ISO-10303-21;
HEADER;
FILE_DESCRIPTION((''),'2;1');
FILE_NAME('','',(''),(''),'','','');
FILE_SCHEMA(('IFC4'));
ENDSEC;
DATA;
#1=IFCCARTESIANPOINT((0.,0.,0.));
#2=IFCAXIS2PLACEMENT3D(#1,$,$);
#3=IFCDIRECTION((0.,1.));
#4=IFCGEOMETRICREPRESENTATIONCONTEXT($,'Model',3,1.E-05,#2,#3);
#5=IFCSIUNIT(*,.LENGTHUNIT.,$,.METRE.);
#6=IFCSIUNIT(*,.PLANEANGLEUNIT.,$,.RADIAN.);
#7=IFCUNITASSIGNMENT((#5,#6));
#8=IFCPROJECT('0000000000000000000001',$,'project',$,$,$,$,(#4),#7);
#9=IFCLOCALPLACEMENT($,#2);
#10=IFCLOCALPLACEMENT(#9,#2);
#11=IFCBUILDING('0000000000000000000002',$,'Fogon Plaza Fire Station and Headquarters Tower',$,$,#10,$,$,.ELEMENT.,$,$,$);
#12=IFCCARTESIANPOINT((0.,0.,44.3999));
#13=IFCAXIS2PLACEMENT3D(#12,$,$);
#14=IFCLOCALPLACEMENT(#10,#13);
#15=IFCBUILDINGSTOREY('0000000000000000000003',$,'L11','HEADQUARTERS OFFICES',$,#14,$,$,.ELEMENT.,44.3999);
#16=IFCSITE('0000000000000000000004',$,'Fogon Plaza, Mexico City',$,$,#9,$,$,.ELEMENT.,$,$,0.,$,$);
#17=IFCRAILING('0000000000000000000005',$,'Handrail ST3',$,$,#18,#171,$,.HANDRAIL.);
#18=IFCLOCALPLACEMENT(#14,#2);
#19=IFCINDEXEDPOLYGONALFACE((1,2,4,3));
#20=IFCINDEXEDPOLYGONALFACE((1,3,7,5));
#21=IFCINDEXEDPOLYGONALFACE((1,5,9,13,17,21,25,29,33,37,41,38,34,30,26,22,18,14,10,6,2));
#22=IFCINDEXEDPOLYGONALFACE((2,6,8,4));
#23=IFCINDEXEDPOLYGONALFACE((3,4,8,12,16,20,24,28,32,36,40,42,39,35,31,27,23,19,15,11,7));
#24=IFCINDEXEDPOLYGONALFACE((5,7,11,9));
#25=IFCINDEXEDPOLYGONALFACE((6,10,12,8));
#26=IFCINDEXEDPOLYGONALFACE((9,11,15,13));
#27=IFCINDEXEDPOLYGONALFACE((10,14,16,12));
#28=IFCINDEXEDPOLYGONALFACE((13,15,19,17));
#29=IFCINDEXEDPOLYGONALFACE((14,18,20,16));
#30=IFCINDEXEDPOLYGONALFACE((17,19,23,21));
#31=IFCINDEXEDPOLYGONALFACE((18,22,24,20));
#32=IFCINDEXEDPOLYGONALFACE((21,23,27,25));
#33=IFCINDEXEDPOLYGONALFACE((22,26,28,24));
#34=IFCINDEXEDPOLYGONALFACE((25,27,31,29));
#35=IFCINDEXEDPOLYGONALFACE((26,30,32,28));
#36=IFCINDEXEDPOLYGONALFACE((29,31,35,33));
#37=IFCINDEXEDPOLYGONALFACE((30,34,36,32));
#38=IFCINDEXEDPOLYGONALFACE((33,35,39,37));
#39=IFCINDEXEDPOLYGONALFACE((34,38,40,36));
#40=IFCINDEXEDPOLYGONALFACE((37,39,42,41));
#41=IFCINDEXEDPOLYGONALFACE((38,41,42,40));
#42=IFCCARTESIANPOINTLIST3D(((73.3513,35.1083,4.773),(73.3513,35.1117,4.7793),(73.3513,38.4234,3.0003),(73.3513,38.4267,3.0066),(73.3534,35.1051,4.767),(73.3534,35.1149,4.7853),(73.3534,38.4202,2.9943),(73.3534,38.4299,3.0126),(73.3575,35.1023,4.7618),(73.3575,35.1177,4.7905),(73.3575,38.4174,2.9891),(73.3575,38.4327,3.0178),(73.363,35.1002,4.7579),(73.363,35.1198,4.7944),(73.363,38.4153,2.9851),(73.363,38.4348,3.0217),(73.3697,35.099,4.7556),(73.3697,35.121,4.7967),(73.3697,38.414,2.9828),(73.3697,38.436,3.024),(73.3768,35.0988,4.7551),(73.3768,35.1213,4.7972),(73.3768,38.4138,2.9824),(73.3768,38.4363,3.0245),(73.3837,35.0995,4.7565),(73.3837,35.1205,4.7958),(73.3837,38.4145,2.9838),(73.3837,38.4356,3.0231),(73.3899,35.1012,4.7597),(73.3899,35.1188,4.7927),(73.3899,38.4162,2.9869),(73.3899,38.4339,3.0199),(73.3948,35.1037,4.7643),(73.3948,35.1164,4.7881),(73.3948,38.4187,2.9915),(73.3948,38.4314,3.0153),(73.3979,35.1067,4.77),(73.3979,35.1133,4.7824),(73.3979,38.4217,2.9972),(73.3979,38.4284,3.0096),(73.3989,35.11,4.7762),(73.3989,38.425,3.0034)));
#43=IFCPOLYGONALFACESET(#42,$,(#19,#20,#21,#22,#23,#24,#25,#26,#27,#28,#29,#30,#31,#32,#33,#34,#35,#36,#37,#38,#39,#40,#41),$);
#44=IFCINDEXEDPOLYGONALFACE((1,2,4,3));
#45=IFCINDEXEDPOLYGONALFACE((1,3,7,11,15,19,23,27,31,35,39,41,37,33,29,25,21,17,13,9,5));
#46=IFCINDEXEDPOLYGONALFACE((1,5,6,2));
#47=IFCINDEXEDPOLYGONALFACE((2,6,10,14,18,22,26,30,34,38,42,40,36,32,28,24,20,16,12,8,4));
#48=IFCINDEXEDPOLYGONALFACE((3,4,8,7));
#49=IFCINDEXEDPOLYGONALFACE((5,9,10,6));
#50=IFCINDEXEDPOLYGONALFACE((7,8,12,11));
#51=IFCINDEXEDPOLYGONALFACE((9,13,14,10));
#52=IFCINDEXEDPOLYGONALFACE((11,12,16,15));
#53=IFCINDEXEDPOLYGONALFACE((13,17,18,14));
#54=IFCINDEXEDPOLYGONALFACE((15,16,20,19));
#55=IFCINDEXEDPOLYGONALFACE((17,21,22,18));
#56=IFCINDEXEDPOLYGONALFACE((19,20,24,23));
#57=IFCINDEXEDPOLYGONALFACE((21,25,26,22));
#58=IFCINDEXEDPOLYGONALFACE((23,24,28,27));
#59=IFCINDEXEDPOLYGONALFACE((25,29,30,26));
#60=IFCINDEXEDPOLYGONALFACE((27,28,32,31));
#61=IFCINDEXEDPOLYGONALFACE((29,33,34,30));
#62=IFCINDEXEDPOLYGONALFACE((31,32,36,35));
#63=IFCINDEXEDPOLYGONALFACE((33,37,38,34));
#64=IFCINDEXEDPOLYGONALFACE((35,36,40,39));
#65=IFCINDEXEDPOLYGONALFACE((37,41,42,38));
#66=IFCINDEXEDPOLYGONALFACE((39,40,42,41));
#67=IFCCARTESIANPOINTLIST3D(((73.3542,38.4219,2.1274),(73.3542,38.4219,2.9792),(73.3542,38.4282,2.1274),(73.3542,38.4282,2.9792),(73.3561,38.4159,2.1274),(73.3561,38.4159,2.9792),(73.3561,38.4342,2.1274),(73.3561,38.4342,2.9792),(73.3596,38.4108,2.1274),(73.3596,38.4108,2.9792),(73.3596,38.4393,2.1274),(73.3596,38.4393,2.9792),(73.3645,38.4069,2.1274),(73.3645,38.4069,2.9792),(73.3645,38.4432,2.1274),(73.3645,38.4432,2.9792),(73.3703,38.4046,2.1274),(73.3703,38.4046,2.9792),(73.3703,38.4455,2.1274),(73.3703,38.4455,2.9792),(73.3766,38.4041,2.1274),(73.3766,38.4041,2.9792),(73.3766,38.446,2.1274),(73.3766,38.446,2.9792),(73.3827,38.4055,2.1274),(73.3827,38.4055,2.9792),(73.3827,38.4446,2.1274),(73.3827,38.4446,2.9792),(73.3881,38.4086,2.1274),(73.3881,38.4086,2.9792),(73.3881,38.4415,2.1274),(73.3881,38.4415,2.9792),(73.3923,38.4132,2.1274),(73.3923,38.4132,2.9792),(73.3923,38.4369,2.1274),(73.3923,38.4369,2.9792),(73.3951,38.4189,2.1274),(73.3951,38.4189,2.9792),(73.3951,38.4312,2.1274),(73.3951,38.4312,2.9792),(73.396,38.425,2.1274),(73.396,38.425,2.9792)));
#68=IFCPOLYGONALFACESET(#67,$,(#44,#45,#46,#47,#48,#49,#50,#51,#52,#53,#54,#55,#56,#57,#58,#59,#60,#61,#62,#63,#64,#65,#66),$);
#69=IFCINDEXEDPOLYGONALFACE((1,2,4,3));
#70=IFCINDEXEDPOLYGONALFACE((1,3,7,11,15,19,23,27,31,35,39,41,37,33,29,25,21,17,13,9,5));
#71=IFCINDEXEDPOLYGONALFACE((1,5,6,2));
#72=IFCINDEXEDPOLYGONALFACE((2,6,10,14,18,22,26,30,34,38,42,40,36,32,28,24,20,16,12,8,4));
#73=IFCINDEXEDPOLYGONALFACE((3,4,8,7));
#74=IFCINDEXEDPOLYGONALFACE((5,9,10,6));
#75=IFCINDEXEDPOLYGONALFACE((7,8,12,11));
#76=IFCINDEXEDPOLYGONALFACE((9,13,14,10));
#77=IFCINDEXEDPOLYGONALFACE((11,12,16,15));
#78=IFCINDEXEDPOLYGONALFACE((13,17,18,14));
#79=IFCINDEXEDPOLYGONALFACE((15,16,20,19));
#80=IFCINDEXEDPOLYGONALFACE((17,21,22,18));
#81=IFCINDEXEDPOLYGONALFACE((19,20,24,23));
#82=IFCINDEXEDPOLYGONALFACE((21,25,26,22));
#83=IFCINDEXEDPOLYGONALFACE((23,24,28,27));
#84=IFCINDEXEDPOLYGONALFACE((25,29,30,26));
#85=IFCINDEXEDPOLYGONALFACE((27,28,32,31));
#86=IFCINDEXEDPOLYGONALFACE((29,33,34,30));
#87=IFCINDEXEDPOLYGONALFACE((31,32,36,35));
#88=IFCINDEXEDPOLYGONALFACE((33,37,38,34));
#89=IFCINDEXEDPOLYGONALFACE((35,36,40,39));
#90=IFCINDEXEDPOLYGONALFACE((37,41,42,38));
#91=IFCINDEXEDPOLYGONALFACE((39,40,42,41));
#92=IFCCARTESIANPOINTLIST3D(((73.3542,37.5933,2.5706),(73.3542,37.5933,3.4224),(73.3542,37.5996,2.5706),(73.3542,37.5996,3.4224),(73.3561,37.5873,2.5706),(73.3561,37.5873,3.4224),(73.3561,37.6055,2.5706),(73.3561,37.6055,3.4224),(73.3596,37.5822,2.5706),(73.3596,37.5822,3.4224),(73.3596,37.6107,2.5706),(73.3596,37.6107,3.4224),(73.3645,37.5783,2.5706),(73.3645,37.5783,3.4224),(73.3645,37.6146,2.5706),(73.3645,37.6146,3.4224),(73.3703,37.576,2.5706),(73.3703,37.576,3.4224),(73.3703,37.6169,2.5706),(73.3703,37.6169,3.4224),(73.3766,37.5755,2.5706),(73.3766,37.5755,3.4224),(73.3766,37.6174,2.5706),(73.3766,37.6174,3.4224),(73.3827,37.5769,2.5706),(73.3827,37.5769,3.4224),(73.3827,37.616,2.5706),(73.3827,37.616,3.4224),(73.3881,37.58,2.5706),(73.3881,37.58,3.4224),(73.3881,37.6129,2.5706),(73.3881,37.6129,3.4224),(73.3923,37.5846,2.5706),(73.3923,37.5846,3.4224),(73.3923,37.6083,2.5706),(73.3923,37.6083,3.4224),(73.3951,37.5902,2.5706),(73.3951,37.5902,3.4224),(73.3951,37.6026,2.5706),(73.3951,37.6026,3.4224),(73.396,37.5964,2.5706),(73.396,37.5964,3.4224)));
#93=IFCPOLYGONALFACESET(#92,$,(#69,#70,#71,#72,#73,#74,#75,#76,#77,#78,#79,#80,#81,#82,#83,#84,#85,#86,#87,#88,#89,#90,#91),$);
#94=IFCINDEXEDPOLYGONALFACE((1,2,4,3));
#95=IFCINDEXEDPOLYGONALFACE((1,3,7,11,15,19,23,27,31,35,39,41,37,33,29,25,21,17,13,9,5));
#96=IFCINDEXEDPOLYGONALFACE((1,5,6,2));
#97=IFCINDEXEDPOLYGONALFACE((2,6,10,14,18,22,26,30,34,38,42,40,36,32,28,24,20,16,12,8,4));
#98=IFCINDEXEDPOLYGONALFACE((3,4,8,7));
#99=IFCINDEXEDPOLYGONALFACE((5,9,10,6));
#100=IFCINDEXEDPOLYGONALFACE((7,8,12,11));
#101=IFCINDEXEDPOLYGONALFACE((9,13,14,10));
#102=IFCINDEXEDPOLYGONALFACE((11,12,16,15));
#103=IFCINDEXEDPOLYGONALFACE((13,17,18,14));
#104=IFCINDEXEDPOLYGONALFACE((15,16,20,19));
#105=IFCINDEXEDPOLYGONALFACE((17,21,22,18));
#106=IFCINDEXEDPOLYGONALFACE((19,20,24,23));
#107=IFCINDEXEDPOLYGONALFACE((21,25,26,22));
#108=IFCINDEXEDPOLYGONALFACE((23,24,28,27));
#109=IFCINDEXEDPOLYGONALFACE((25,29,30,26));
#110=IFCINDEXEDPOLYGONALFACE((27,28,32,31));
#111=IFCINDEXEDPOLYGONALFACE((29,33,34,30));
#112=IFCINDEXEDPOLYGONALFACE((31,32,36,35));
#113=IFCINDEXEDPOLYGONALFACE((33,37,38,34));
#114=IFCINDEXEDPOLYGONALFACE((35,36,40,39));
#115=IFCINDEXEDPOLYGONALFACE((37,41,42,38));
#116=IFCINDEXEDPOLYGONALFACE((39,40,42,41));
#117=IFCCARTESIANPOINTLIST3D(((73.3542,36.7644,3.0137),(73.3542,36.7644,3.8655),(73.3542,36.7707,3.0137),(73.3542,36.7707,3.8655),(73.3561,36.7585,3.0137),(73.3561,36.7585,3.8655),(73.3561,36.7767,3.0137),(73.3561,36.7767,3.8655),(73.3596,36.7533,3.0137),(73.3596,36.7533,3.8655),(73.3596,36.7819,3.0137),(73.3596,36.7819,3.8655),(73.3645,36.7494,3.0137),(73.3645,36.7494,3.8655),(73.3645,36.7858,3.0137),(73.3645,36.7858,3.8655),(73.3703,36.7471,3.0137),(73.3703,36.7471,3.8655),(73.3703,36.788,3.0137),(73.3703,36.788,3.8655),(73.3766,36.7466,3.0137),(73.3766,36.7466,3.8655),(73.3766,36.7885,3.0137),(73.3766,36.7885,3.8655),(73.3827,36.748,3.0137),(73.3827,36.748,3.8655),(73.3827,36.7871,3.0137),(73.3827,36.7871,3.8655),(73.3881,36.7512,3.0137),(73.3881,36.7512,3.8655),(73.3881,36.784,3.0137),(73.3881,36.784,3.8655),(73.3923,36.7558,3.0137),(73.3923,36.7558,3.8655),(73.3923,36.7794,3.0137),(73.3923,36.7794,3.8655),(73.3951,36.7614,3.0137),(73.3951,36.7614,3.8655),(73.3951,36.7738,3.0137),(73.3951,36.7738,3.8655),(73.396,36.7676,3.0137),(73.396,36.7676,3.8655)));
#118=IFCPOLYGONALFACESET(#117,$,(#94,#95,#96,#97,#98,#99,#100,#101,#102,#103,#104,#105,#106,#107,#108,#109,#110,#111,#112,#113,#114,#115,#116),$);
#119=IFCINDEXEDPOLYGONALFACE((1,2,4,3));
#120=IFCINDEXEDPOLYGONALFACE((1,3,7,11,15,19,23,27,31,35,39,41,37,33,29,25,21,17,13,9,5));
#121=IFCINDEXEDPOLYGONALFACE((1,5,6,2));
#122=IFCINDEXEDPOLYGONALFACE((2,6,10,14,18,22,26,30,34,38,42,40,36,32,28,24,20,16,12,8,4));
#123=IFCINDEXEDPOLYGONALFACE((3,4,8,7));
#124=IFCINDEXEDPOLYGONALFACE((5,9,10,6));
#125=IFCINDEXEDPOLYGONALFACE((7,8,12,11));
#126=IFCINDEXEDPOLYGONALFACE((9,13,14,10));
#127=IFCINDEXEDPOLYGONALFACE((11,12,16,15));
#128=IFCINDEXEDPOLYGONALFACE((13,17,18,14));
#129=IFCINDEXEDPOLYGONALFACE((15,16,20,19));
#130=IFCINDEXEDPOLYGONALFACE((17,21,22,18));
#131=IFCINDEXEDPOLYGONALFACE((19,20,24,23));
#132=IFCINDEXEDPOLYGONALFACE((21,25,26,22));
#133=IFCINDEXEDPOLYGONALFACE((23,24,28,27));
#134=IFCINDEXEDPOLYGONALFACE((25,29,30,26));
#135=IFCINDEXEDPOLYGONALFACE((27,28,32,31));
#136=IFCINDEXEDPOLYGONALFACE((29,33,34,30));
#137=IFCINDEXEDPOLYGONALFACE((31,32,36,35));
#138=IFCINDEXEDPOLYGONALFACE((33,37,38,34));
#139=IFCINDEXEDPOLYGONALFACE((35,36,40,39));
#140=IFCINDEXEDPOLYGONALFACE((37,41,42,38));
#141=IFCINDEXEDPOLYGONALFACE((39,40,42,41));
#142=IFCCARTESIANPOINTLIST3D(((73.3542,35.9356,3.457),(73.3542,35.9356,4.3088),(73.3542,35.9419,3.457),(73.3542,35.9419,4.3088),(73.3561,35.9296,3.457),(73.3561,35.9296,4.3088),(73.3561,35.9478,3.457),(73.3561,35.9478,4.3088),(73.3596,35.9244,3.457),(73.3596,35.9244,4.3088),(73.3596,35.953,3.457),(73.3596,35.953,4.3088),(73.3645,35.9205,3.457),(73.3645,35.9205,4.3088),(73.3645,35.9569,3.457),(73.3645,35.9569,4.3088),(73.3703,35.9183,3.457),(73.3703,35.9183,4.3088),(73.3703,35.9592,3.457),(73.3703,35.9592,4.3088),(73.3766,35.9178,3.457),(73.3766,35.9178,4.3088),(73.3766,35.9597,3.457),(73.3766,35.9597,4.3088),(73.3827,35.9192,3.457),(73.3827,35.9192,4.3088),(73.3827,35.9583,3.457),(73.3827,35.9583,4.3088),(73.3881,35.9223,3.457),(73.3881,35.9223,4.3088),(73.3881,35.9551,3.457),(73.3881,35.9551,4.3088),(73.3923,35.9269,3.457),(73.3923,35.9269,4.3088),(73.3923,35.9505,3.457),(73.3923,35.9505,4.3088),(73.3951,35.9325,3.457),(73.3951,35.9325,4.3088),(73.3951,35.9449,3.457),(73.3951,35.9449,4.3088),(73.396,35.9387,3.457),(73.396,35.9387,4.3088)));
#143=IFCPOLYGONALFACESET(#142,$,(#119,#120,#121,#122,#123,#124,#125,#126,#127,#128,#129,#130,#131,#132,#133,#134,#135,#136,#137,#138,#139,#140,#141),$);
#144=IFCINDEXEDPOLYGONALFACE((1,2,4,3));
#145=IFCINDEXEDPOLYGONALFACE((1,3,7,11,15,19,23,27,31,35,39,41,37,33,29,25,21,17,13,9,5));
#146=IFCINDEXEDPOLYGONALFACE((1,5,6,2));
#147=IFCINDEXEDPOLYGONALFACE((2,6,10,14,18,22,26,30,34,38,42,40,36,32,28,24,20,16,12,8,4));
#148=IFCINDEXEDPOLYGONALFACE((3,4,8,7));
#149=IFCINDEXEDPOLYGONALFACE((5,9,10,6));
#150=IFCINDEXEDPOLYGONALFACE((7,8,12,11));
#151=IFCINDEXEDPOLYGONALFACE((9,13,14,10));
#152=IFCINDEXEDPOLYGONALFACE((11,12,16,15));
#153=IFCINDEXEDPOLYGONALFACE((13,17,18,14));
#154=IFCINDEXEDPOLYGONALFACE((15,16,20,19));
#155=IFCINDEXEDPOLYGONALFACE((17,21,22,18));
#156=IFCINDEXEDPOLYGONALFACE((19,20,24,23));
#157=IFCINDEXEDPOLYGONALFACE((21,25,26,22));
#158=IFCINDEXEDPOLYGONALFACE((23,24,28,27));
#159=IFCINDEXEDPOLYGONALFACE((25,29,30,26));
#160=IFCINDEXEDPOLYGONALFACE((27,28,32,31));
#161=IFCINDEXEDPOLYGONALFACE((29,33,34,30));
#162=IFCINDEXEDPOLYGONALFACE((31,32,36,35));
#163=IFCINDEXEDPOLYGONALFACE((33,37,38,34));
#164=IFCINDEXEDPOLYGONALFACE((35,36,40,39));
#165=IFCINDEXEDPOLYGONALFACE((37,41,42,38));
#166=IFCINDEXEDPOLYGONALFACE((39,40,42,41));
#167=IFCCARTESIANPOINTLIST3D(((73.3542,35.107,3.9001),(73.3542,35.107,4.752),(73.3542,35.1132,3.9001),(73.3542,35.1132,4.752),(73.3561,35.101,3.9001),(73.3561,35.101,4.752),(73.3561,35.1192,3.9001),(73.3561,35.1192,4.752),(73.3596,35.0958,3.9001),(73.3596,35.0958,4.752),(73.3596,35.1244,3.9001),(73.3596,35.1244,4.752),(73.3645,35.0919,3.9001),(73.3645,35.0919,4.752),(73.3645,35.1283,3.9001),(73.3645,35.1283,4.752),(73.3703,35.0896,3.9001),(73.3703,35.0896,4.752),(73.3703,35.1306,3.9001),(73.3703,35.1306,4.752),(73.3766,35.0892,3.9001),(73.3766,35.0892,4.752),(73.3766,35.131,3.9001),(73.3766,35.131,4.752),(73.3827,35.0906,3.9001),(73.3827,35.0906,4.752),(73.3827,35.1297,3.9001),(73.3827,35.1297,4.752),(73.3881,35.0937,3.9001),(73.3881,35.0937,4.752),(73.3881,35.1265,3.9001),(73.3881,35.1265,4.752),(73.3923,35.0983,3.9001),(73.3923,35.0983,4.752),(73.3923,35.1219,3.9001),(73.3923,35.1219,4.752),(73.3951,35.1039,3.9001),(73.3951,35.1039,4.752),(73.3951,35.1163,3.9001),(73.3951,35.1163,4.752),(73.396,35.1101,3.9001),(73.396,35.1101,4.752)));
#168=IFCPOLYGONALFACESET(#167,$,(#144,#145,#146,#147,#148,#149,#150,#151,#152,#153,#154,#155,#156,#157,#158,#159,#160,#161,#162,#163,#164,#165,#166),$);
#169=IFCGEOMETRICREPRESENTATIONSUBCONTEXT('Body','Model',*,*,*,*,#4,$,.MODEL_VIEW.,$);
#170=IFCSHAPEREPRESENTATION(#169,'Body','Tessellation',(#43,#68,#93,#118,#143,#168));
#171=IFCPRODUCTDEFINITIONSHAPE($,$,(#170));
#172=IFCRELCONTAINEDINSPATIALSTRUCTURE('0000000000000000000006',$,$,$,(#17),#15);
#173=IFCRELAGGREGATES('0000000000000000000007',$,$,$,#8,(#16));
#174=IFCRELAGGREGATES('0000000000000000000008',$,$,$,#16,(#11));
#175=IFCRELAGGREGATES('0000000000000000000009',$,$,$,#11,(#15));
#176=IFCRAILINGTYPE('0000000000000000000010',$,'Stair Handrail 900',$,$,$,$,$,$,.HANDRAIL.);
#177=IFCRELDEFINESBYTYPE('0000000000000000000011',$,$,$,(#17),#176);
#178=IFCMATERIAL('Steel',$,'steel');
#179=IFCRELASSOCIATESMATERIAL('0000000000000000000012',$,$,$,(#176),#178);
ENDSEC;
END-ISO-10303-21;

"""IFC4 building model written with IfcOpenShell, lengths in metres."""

from ifc_helpers import new_model, si_unit, direction, frame, origin, origin_2d, place, context, subcontext, project, spatial, circle, extrude, material, type_object, element, save


model = new_model("IFC4")

# Units and contexts
model_context = context("Model", 3, precision=1e-05, world=origin(), true_north=direction((0.0, 1.0)))
body_context = subcontext(model_context, "Body", "Model", "MODEL_VIEW")
ifc_project = project(units=[si_unit("LENGTHUNIT", "METRE"), si_unit("PLANEANGLEUNIT", "RADIAN")], contexts=[model_context])

# Site, building, storey
site_placement = place(None, origin())
site = spatial("IfcSite", under=ifc_project, at=site_placement, Name="Fogon Plaza, Mexico City", CompositionType="ELEMENT", RefElevation=0.0)
building_placement = place(site_placement, origin())
building = spatial("IfcBuilding", under=site, at=building_placement, Name="Fogon Plaza Fire Station and Headquarters Tower", CompositionType="ELEMENT")
storey_placement = place(building_placement, frame((0.0, 0.0, 44.3999)))
storey = spatial("IfcBuildingStorey", under=building, at=storey_placement, Name="L11", Description="HEADQUARTERS OFFICES", CompositionType="ELEMENT", Elevation=44.3999)

# Railing
ifc_material_1 = material(Name="Steel", Category="steel")
railing_type = type_object("IfcRailingType", Name="Stair Handrail 900", PredefinedType="HANDRAIL", material=ifc_material_1)
for number, where, name in (
    (1, (73.375, 38.425, 2.1274), "Handrail ST3"),
):
    element("IfcRailing", number, at=place(storey_placement, frame(where)), inside=storey, type_object=railing_type, Name=name, PredefinedType="HANDRAIL", context=body_context, shape_type="SweptSolid", body=[
        extrude(circle(Radius=0.0239, at=origin_2d()), frame((0.0, 0.0, 0.876), z_axis=(0.0, -0.881829, 0.471569), x_axis=(1.0, 0.0, 0.0)), (0.0, 0.0, 1.0), 3.7593),
        extrude(circle(Radius=0.021, at=origin_2d()), origin(), (0.0, 0.0, 1.0), 0.8518),
        extrude(circle(Radius=0.021, at=origin_2d()), frame((0.0, -0.8286, 0.4431)), (0.0, 0.0, 1.0), 0.8518),
        extrude(circle(Radius=0.021, at=origin_2d()), frame((0.0, -1.6575, 0.8862)), (0.0, 0.0, 1.0), 0.8518),
        extrude(circle(Radius=0.021, at=origin_2d()), frame((0.0, -2.4863, 1.3296)), (0.0, 0.0, 1.0), 0.8518),
        extrude(circle(Radius=0.021, at=origin_2d()), frame((0.0, -3.3149, 1.7727)), (0.0, 0.0, 1.0), 0.8518),
    ])

save(model, "model.ifc")
